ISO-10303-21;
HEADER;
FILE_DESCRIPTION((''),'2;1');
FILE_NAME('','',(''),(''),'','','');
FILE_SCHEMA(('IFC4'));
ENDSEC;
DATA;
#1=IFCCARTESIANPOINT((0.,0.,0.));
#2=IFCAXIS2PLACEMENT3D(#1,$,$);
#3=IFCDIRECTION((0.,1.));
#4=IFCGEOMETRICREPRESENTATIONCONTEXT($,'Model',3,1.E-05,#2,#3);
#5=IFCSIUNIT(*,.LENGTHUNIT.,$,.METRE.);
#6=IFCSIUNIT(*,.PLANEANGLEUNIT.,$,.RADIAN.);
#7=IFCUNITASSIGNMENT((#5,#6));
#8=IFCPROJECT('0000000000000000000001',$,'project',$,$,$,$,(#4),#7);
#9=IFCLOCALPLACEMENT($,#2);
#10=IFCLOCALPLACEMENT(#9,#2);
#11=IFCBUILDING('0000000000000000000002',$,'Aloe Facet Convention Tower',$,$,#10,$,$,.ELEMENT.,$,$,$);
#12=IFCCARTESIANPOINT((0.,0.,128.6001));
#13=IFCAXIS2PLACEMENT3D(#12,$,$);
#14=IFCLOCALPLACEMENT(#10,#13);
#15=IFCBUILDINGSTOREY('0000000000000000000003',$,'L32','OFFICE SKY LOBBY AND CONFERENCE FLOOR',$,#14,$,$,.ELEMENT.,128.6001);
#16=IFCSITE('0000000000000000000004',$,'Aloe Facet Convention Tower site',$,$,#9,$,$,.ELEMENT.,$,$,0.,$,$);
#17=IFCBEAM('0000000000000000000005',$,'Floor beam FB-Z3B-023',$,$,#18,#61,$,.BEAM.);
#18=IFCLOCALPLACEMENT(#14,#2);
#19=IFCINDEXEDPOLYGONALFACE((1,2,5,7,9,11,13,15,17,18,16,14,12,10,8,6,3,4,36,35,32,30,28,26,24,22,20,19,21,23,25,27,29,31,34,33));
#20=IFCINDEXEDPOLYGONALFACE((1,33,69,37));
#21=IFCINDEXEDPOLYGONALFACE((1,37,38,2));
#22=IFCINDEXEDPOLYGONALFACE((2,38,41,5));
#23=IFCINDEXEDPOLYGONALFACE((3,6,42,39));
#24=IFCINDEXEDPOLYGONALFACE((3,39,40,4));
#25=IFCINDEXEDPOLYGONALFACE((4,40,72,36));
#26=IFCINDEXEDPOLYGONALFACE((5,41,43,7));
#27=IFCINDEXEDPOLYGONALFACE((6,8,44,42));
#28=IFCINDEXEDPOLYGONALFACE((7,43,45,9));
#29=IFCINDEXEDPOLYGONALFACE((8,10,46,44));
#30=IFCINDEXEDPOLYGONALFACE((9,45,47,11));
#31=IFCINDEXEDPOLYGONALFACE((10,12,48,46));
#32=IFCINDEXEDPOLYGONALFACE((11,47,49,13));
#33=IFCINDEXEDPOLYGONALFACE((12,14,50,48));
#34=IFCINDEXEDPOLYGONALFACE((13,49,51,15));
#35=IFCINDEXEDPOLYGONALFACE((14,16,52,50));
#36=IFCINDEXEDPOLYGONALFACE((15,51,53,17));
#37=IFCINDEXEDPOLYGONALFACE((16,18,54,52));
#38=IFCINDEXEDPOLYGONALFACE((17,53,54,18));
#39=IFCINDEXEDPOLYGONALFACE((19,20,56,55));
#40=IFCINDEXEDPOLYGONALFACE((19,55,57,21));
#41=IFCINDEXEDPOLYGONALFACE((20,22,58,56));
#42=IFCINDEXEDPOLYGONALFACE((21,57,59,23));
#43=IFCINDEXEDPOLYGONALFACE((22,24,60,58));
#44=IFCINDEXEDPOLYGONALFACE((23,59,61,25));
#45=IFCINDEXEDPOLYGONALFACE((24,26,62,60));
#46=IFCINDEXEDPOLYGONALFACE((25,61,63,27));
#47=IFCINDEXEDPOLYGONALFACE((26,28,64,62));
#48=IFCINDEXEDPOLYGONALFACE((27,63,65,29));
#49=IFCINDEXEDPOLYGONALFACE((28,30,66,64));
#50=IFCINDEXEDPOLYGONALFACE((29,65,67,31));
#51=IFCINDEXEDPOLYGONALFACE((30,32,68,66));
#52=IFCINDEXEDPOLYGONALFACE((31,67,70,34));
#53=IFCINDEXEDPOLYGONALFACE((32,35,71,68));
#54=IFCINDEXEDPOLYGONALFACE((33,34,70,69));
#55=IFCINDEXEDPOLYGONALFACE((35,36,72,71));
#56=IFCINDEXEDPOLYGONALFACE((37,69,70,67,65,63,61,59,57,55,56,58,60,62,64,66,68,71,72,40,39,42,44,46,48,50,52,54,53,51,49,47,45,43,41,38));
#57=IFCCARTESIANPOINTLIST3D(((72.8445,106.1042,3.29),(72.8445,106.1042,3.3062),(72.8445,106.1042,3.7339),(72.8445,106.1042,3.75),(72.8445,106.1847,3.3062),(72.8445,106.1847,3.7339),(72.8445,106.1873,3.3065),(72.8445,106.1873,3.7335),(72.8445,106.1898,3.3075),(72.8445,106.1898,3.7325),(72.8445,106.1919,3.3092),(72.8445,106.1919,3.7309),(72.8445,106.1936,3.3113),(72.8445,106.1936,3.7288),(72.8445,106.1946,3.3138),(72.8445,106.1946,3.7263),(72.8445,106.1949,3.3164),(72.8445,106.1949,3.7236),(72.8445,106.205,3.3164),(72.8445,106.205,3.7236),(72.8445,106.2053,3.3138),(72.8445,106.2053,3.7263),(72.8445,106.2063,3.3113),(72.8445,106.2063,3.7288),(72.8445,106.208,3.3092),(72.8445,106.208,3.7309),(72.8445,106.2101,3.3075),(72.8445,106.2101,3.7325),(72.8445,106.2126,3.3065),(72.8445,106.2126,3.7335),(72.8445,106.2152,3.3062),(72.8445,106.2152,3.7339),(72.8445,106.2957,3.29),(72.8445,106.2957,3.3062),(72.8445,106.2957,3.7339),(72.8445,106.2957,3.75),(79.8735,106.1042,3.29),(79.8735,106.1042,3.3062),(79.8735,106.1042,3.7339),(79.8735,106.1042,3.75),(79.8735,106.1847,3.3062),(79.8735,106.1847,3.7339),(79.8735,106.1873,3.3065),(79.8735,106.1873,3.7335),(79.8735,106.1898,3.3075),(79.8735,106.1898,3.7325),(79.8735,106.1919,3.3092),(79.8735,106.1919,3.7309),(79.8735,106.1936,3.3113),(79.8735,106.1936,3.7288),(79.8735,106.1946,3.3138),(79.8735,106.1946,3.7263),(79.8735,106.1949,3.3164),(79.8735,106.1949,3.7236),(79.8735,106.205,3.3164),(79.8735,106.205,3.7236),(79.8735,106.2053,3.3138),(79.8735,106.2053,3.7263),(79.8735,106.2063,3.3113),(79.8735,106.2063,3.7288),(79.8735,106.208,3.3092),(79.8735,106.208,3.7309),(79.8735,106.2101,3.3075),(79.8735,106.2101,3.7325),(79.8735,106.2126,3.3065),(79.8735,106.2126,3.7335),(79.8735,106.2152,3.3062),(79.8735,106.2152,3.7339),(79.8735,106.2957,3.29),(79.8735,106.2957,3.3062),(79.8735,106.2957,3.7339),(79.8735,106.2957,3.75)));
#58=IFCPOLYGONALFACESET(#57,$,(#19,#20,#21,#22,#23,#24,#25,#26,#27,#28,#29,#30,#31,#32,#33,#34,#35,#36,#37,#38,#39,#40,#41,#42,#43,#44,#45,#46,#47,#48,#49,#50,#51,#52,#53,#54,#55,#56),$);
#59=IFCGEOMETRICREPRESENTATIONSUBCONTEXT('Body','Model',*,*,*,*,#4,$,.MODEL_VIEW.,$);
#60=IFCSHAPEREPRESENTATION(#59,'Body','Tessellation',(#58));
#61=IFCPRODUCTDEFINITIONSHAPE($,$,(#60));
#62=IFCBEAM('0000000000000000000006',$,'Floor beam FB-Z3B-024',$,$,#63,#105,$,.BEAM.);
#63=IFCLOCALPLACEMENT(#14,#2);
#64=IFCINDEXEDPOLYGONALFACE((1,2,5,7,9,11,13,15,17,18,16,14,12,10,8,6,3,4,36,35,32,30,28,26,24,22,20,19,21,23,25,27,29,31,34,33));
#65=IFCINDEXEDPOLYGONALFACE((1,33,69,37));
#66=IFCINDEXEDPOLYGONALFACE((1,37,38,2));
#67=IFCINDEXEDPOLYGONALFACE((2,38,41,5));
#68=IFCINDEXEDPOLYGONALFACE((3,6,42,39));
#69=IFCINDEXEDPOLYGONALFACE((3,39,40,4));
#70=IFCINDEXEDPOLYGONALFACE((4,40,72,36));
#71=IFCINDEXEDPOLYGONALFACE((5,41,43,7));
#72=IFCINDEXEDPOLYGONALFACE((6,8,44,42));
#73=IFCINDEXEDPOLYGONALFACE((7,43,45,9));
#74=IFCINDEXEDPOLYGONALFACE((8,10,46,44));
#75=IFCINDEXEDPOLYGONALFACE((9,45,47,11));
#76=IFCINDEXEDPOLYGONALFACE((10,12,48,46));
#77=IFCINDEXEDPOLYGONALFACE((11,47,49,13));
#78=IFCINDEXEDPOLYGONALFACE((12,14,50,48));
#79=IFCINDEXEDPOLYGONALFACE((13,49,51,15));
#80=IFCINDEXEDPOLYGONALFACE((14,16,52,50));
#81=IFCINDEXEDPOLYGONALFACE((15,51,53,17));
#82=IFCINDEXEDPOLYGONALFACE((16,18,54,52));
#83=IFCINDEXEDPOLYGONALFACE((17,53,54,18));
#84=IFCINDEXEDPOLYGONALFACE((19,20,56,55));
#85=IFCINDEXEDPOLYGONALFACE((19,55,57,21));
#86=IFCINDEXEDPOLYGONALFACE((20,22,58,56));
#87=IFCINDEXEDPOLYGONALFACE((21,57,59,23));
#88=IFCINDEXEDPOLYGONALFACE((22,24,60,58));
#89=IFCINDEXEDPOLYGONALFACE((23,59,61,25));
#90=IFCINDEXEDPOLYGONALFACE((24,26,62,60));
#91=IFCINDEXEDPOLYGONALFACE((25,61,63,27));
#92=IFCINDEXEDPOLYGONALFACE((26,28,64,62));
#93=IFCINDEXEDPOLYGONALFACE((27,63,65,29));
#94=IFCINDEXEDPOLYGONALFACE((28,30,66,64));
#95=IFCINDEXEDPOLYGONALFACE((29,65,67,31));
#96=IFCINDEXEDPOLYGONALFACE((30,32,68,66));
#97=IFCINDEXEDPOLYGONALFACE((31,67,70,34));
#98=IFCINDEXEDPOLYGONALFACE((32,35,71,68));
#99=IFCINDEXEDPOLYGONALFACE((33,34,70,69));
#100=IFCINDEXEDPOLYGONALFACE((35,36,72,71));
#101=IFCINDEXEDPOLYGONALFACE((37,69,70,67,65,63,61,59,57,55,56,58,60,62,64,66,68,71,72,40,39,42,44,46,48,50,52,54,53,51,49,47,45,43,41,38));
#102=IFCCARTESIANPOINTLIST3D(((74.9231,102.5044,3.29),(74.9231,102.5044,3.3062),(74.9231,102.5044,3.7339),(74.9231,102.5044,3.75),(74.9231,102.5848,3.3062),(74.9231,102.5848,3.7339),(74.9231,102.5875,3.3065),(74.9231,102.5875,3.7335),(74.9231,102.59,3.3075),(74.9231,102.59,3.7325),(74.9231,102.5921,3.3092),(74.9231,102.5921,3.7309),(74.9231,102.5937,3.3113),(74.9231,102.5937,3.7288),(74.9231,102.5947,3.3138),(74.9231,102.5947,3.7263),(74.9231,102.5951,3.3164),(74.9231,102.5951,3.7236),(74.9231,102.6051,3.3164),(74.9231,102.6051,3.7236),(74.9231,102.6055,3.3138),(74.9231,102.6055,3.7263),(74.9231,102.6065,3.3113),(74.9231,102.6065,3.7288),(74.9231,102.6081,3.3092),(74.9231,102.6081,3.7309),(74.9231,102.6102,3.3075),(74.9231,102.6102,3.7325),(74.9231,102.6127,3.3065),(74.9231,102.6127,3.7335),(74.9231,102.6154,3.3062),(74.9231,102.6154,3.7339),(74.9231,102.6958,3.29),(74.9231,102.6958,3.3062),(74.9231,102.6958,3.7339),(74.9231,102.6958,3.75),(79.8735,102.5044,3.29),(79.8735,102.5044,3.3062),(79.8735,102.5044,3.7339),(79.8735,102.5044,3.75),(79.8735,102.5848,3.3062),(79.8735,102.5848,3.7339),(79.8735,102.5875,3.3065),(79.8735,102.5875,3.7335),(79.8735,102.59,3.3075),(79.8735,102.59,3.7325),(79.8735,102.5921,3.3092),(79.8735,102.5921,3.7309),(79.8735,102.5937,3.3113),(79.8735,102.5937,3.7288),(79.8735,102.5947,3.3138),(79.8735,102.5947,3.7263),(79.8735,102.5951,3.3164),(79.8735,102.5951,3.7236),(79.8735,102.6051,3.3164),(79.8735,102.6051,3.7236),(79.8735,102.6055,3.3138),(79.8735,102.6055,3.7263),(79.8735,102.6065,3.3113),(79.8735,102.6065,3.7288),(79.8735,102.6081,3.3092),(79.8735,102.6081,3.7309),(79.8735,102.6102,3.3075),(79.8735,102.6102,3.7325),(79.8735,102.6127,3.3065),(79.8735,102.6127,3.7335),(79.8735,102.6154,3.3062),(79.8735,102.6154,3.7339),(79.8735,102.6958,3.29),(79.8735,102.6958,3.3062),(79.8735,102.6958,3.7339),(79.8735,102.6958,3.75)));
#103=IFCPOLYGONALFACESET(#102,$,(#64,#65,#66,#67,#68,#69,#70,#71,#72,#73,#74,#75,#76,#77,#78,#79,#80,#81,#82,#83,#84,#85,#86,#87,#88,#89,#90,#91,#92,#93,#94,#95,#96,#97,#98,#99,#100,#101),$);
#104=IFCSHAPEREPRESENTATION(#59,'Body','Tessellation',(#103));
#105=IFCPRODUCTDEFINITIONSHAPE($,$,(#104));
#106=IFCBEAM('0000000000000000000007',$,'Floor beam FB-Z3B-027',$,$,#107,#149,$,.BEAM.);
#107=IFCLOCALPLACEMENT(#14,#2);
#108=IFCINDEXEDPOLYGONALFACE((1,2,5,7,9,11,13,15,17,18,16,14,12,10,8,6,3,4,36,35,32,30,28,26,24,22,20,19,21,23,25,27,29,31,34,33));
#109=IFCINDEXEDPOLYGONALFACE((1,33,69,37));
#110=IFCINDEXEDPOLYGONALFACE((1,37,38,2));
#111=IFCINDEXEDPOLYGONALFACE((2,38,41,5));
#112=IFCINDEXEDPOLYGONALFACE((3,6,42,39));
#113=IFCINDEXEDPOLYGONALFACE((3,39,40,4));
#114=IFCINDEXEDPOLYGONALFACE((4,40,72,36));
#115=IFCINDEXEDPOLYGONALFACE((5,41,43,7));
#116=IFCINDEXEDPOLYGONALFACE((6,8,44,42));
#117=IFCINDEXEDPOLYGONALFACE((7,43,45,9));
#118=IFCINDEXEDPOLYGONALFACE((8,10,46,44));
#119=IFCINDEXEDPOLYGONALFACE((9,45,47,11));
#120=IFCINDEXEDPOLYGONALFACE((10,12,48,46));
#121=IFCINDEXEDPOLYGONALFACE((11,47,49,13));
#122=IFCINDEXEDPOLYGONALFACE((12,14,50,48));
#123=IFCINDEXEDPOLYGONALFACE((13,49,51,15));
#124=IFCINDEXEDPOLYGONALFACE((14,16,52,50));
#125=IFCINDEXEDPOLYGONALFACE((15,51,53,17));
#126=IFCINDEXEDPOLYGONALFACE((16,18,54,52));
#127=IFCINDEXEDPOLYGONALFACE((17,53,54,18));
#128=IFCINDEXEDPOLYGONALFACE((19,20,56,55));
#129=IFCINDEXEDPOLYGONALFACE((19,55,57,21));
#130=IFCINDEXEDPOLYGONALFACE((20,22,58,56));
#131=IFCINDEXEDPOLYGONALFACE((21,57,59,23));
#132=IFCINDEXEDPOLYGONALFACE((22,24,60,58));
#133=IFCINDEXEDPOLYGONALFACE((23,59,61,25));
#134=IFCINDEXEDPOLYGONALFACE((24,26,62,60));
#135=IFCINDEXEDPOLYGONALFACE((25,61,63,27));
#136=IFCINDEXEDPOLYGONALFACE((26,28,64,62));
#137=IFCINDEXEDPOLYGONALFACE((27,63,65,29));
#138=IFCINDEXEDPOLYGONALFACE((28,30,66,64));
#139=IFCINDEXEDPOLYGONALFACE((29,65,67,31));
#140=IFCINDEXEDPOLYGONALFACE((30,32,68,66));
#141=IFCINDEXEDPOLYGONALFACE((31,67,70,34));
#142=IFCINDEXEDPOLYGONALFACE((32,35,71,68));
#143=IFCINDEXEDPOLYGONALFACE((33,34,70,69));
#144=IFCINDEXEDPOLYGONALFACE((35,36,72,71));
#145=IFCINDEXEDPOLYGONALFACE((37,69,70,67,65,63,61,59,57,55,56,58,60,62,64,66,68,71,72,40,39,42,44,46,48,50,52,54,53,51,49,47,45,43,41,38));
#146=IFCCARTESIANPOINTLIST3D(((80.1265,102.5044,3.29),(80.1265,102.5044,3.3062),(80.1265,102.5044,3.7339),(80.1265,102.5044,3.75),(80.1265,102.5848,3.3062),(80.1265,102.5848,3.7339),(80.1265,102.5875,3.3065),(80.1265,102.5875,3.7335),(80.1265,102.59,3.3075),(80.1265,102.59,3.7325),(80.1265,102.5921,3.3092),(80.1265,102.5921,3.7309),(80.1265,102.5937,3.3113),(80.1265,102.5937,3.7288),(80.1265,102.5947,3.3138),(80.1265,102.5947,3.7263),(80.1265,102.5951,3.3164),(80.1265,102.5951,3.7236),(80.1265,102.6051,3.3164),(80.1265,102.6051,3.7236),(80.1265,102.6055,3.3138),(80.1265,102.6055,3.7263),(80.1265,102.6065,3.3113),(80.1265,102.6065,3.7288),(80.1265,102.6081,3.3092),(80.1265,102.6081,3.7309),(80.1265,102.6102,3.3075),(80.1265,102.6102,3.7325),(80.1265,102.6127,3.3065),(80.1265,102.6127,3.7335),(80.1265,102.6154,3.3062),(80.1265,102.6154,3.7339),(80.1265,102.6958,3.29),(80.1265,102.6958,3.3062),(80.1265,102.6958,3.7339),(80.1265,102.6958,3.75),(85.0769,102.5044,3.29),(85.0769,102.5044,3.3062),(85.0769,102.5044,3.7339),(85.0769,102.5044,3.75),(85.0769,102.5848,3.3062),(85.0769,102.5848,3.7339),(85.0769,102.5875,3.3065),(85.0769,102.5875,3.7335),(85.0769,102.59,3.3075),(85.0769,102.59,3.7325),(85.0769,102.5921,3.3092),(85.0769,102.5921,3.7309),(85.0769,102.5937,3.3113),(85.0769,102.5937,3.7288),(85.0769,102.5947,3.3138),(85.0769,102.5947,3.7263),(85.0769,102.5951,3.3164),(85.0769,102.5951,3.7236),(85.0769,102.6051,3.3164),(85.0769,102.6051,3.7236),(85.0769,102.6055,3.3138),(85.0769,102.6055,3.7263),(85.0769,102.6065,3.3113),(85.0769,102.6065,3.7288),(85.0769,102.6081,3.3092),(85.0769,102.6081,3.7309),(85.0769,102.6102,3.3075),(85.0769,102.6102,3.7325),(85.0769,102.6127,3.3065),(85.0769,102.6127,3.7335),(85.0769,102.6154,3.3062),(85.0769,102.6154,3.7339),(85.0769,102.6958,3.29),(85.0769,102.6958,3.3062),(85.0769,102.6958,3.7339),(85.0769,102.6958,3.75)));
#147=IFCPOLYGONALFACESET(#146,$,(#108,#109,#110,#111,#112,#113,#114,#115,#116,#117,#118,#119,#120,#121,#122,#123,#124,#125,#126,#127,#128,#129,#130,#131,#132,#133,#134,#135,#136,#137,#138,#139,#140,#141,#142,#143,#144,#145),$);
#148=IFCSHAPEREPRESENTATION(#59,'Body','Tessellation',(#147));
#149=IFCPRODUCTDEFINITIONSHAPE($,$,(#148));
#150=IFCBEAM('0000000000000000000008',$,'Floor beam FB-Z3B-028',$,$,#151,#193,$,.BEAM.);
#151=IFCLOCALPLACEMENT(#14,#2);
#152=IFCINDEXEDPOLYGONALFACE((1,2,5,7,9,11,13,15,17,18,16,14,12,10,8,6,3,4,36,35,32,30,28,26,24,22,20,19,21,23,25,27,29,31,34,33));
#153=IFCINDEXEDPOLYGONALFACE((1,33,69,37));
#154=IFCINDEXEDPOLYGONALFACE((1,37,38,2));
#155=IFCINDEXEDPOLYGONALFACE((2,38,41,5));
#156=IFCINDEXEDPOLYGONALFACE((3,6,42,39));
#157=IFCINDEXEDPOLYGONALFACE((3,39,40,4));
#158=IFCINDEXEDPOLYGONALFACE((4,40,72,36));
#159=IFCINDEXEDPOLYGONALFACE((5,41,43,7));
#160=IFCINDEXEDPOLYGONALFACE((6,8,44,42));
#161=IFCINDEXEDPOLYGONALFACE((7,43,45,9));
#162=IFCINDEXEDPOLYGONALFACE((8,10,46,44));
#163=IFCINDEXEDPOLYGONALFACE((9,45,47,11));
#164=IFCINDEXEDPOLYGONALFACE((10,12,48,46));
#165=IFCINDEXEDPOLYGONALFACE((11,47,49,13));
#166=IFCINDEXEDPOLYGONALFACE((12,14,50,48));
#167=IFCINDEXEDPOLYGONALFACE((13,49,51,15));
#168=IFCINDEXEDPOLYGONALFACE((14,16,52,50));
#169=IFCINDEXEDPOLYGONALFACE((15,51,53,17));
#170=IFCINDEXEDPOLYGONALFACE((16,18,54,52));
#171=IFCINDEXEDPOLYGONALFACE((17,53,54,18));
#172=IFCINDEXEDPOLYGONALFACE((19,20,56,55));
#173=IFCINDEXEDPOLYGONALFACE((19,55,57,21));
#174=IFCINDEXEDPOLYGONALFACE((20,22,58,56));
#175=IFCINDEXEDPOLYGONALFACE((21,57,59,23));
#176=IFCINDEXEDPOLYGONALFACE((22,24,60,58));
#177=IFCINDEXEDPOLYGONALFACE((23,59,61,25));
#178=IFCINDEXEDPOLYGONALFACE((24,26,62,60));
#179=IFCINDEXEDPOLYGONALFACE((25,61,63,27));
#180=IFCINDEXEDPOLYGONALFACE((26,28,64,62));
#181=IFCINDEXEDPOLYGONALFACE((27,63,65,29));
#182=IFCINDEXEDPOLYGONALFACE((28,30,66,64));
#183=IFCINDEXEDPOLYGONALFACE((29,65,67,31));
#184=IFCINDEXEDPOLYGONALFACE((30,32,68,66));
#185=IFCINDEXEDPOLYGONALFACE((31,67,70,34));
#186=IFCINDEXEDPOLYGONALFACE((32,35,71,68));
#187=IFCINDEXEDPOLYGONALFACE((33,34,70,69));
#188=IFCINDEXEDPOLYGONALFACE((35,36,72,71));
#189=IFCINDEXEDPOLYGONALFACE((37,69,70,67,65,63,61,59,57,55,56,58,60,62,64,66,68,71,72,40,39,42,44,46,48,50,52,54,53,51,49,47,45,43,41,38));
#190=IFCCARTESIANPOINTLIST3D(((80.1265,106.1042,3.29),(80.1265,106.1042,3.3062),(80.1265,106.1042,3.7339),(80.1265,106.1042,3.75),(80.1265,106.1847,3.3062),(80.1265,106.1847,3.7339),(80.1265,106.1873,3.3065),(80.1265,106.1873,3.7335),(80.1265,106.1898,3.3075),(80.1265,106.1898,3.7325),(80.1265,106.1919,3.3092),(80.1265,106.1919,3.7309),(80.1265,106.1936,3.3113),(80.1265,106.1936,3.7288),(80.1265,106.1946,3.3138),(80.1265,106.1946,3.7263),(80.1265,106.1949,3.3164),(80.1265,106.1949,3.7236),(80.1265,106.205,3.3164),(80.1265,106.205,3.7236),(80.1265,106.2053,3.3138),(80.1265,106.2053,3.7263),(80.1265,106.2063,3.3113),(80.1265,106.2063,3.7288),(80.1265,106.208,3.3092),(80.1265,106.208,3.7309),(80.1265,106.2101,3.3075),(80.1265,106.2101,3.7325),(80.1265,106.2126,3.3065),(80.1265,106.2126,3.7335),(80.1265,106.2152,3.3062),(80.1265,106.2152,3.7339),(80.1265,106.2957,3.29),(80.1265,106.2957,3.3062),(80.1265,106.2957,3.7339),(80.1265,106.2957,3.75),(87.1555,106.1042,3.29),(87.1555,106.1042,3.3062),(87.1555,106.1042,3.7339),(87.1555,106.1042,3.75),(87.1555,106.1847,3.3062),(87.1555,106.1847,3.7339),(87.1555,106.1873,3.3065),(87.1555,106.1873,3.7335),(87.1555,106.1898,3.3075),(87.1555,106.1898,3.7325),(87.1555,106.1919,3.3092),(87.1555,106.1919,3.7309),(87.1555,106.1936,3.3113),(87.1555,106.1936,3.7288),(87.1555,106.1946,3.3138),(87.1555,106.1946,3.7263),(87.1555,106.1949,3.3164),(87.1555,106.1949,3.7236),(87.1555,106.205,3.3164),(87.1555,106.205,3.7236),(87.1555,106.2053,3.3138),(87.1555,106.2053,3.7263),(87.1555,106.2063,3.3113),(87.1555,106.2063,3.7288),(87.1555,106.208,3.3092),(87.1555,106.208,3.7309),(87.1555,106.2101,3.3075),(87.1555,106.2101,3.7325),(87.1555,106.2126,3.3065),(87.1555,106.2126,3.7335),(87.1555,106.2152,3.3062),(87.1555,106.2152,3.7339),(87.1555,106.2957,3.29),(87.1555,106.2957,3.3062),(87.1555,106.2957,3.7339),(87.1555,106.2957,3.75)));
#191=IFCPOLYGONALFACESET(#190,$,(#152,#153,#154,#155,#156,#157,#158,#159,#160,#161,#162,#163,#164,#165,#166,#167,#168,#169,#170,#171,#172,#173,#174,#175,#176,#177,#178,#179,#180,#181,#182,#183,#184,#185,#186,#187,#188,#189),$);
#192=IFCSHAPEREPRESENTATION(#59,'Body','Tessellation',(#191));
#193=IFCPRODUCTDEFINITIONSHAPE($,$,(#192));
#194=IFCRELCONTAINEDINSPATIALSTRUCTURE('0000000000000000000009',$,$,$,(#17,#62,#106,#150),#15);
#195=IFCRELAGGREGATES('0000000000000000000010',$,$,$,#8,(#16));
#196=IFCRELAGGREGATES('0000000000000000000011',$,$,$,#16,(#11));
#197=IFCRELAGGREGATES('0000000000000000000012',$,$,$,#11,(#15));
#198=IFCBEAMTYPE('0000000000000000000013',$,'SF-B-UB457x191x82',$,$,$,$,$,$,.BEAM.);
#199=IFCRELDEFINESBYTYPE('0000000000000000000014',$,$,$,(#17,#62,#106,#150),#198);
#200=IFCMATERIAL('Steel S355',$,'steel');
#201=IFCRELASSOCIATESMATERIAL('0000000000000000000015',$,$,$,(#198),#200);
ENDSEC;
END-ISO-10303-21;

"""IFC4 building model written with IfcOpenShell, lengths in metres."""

from ifc_helpers import new_model, si_unit, direction, frame, origin, origin_2d, place, context, subcontext, project, spatial, i_section, extrude, material, material_profile, profile_set, type_object, element, save


model = new_model("IFC4")

# Units and contexts
model_context = context("Model", 3, precision=1e-05, world=origin(), true_north=direction((0.0, 1.0)))
body_context = subcontext(model_context, "Body", "Model", "MODEL_VIEW")
ifc_project = project(units=[si_unit("LENGTHUNIT", "METRE"), si_unit("PLANEANGLEUNIT", "RADIAN")], contexts=[model_context])

# Site, building, storey
site_placement = place(None, origin())
site = spatial("IfcSite", under=ifc_project, at=site_placement, Name="Aloe Facet Convention Tower site", CompositionType="ELEMENT", RefElevation=0.0)
building_placement = place(site_placement, origin())
building = spatial("IfcBuilding", under=site, at=building_placement, Name="Aloe Facet Convention Tower", CompositionType="ELEMENT")
storey_placement = place(building_placement, frame((0.0, 0.0, 128.6001)))
storey = spatial("IfcBuildingStorey", under=building, at=storey_placement, Name="L32", Description="OFFICE SKY LOBBY AND CONFERENCE FLOOR", CompositionType="ELEMENT", Elevation=128.6001)

# Beams
ifc_material_1 = material(Name="Steel S355", Category="steel")
ifc_material_profile_1 = material_profile(ifc_material_1, i_section(OverallWidth=0.1914, OverallDepth=0.46, WebThickness=0.01, FlangeThickness=0.0161, FilletRadius=0.0103, at=origin_2d()), Name="UB 457x191x82")
ifc_profile_set_1 = profile_set([ifc_material_profile_1], Name="Steel S355")
beam_type_1 = type_object("IfcBeamType", Name="SF-B-UB457x191x82", PredefinedType="BEAM", material=ifc_profile_set_1)
beam_1_placement = place(storey_placement, frame((72.8445, 106.2, 3.52), z_axis=(1.0, 0.0, 0.0), x_axis=(0.0, 1.0, 0.0)))
element("IfcBeam", 1, at=beam_1_placement, inside=storey, type_object=beam_type_1, Name="Floor beam FB-Z3B-023", PredefinedType="BEAM", context=body_context, shape_type="SweptSolid", body=[
    extrude(i_section(OverallWidth=0.1914, OverallDepth=0.46, WebThickness=0.01, FlangeThickness=0.0161, FilletRadius=0.0103, at=origin_2d()), origin(), (0.0, 0.0, 1.0), 7.0291),
])
for number, where, z_axis, x_axis, name in (
    (2, (74.9231, 102.6001, 3.52), (1.0, 0.0, 0.0), (0.0, 1.0, 0.0), "Floor beam FB-Z3B-024"),
    (3, (80.1265, 102.6001, 3.52), (1.0, 0.0, 0.0), (0.0, 1.0, 0.0), "Floor beam FB-Z3B-027"),
):
    element("IfcBeam", number, at=place(storey_placement, frame(where, z_axis=z_axis, x_axis=x_axis)), inside=storey, type_object=beam_type_1, Name=name, PredefinedType="BEAM", context=body_context, shape_type="SweptSolid", body=[
        extrude(i_section(OverallWidth=0.1914, OverallDepth=0.46, WebThickness=0.01, FlangeThickness=0.0161, FilletRadius=0.0103, at=origin_2d()), origin(), (0.0, 0.0, 1.0), 4.9504),
    ])
beam_2_placement = place(storey_placement, frame((80.1265, 106.2, 3.52), z_axis=(1.0, 0.0, 0.0), x_axis=(0.0, 1.0, 0.0)))
element("IfcBeam", 4, at=beam_2_placement, inside=storey, type_object=beam_type_1, Name="Floor beam FB-Z3B-028", PredefinedType="BEAM", context=body_context, shape_type="SweptSolid", body=[
    extrude(i_section(OverallWidth=0.1914, OverallDepth=0.46, WebThickness=0.01, FlangeThickness=0.0161, FilletRadius=0.0103, at=origin_2d()), origin(), (0.0, 0.0, 1.0), 7.0291),
])

save(model, "model.ifc")
